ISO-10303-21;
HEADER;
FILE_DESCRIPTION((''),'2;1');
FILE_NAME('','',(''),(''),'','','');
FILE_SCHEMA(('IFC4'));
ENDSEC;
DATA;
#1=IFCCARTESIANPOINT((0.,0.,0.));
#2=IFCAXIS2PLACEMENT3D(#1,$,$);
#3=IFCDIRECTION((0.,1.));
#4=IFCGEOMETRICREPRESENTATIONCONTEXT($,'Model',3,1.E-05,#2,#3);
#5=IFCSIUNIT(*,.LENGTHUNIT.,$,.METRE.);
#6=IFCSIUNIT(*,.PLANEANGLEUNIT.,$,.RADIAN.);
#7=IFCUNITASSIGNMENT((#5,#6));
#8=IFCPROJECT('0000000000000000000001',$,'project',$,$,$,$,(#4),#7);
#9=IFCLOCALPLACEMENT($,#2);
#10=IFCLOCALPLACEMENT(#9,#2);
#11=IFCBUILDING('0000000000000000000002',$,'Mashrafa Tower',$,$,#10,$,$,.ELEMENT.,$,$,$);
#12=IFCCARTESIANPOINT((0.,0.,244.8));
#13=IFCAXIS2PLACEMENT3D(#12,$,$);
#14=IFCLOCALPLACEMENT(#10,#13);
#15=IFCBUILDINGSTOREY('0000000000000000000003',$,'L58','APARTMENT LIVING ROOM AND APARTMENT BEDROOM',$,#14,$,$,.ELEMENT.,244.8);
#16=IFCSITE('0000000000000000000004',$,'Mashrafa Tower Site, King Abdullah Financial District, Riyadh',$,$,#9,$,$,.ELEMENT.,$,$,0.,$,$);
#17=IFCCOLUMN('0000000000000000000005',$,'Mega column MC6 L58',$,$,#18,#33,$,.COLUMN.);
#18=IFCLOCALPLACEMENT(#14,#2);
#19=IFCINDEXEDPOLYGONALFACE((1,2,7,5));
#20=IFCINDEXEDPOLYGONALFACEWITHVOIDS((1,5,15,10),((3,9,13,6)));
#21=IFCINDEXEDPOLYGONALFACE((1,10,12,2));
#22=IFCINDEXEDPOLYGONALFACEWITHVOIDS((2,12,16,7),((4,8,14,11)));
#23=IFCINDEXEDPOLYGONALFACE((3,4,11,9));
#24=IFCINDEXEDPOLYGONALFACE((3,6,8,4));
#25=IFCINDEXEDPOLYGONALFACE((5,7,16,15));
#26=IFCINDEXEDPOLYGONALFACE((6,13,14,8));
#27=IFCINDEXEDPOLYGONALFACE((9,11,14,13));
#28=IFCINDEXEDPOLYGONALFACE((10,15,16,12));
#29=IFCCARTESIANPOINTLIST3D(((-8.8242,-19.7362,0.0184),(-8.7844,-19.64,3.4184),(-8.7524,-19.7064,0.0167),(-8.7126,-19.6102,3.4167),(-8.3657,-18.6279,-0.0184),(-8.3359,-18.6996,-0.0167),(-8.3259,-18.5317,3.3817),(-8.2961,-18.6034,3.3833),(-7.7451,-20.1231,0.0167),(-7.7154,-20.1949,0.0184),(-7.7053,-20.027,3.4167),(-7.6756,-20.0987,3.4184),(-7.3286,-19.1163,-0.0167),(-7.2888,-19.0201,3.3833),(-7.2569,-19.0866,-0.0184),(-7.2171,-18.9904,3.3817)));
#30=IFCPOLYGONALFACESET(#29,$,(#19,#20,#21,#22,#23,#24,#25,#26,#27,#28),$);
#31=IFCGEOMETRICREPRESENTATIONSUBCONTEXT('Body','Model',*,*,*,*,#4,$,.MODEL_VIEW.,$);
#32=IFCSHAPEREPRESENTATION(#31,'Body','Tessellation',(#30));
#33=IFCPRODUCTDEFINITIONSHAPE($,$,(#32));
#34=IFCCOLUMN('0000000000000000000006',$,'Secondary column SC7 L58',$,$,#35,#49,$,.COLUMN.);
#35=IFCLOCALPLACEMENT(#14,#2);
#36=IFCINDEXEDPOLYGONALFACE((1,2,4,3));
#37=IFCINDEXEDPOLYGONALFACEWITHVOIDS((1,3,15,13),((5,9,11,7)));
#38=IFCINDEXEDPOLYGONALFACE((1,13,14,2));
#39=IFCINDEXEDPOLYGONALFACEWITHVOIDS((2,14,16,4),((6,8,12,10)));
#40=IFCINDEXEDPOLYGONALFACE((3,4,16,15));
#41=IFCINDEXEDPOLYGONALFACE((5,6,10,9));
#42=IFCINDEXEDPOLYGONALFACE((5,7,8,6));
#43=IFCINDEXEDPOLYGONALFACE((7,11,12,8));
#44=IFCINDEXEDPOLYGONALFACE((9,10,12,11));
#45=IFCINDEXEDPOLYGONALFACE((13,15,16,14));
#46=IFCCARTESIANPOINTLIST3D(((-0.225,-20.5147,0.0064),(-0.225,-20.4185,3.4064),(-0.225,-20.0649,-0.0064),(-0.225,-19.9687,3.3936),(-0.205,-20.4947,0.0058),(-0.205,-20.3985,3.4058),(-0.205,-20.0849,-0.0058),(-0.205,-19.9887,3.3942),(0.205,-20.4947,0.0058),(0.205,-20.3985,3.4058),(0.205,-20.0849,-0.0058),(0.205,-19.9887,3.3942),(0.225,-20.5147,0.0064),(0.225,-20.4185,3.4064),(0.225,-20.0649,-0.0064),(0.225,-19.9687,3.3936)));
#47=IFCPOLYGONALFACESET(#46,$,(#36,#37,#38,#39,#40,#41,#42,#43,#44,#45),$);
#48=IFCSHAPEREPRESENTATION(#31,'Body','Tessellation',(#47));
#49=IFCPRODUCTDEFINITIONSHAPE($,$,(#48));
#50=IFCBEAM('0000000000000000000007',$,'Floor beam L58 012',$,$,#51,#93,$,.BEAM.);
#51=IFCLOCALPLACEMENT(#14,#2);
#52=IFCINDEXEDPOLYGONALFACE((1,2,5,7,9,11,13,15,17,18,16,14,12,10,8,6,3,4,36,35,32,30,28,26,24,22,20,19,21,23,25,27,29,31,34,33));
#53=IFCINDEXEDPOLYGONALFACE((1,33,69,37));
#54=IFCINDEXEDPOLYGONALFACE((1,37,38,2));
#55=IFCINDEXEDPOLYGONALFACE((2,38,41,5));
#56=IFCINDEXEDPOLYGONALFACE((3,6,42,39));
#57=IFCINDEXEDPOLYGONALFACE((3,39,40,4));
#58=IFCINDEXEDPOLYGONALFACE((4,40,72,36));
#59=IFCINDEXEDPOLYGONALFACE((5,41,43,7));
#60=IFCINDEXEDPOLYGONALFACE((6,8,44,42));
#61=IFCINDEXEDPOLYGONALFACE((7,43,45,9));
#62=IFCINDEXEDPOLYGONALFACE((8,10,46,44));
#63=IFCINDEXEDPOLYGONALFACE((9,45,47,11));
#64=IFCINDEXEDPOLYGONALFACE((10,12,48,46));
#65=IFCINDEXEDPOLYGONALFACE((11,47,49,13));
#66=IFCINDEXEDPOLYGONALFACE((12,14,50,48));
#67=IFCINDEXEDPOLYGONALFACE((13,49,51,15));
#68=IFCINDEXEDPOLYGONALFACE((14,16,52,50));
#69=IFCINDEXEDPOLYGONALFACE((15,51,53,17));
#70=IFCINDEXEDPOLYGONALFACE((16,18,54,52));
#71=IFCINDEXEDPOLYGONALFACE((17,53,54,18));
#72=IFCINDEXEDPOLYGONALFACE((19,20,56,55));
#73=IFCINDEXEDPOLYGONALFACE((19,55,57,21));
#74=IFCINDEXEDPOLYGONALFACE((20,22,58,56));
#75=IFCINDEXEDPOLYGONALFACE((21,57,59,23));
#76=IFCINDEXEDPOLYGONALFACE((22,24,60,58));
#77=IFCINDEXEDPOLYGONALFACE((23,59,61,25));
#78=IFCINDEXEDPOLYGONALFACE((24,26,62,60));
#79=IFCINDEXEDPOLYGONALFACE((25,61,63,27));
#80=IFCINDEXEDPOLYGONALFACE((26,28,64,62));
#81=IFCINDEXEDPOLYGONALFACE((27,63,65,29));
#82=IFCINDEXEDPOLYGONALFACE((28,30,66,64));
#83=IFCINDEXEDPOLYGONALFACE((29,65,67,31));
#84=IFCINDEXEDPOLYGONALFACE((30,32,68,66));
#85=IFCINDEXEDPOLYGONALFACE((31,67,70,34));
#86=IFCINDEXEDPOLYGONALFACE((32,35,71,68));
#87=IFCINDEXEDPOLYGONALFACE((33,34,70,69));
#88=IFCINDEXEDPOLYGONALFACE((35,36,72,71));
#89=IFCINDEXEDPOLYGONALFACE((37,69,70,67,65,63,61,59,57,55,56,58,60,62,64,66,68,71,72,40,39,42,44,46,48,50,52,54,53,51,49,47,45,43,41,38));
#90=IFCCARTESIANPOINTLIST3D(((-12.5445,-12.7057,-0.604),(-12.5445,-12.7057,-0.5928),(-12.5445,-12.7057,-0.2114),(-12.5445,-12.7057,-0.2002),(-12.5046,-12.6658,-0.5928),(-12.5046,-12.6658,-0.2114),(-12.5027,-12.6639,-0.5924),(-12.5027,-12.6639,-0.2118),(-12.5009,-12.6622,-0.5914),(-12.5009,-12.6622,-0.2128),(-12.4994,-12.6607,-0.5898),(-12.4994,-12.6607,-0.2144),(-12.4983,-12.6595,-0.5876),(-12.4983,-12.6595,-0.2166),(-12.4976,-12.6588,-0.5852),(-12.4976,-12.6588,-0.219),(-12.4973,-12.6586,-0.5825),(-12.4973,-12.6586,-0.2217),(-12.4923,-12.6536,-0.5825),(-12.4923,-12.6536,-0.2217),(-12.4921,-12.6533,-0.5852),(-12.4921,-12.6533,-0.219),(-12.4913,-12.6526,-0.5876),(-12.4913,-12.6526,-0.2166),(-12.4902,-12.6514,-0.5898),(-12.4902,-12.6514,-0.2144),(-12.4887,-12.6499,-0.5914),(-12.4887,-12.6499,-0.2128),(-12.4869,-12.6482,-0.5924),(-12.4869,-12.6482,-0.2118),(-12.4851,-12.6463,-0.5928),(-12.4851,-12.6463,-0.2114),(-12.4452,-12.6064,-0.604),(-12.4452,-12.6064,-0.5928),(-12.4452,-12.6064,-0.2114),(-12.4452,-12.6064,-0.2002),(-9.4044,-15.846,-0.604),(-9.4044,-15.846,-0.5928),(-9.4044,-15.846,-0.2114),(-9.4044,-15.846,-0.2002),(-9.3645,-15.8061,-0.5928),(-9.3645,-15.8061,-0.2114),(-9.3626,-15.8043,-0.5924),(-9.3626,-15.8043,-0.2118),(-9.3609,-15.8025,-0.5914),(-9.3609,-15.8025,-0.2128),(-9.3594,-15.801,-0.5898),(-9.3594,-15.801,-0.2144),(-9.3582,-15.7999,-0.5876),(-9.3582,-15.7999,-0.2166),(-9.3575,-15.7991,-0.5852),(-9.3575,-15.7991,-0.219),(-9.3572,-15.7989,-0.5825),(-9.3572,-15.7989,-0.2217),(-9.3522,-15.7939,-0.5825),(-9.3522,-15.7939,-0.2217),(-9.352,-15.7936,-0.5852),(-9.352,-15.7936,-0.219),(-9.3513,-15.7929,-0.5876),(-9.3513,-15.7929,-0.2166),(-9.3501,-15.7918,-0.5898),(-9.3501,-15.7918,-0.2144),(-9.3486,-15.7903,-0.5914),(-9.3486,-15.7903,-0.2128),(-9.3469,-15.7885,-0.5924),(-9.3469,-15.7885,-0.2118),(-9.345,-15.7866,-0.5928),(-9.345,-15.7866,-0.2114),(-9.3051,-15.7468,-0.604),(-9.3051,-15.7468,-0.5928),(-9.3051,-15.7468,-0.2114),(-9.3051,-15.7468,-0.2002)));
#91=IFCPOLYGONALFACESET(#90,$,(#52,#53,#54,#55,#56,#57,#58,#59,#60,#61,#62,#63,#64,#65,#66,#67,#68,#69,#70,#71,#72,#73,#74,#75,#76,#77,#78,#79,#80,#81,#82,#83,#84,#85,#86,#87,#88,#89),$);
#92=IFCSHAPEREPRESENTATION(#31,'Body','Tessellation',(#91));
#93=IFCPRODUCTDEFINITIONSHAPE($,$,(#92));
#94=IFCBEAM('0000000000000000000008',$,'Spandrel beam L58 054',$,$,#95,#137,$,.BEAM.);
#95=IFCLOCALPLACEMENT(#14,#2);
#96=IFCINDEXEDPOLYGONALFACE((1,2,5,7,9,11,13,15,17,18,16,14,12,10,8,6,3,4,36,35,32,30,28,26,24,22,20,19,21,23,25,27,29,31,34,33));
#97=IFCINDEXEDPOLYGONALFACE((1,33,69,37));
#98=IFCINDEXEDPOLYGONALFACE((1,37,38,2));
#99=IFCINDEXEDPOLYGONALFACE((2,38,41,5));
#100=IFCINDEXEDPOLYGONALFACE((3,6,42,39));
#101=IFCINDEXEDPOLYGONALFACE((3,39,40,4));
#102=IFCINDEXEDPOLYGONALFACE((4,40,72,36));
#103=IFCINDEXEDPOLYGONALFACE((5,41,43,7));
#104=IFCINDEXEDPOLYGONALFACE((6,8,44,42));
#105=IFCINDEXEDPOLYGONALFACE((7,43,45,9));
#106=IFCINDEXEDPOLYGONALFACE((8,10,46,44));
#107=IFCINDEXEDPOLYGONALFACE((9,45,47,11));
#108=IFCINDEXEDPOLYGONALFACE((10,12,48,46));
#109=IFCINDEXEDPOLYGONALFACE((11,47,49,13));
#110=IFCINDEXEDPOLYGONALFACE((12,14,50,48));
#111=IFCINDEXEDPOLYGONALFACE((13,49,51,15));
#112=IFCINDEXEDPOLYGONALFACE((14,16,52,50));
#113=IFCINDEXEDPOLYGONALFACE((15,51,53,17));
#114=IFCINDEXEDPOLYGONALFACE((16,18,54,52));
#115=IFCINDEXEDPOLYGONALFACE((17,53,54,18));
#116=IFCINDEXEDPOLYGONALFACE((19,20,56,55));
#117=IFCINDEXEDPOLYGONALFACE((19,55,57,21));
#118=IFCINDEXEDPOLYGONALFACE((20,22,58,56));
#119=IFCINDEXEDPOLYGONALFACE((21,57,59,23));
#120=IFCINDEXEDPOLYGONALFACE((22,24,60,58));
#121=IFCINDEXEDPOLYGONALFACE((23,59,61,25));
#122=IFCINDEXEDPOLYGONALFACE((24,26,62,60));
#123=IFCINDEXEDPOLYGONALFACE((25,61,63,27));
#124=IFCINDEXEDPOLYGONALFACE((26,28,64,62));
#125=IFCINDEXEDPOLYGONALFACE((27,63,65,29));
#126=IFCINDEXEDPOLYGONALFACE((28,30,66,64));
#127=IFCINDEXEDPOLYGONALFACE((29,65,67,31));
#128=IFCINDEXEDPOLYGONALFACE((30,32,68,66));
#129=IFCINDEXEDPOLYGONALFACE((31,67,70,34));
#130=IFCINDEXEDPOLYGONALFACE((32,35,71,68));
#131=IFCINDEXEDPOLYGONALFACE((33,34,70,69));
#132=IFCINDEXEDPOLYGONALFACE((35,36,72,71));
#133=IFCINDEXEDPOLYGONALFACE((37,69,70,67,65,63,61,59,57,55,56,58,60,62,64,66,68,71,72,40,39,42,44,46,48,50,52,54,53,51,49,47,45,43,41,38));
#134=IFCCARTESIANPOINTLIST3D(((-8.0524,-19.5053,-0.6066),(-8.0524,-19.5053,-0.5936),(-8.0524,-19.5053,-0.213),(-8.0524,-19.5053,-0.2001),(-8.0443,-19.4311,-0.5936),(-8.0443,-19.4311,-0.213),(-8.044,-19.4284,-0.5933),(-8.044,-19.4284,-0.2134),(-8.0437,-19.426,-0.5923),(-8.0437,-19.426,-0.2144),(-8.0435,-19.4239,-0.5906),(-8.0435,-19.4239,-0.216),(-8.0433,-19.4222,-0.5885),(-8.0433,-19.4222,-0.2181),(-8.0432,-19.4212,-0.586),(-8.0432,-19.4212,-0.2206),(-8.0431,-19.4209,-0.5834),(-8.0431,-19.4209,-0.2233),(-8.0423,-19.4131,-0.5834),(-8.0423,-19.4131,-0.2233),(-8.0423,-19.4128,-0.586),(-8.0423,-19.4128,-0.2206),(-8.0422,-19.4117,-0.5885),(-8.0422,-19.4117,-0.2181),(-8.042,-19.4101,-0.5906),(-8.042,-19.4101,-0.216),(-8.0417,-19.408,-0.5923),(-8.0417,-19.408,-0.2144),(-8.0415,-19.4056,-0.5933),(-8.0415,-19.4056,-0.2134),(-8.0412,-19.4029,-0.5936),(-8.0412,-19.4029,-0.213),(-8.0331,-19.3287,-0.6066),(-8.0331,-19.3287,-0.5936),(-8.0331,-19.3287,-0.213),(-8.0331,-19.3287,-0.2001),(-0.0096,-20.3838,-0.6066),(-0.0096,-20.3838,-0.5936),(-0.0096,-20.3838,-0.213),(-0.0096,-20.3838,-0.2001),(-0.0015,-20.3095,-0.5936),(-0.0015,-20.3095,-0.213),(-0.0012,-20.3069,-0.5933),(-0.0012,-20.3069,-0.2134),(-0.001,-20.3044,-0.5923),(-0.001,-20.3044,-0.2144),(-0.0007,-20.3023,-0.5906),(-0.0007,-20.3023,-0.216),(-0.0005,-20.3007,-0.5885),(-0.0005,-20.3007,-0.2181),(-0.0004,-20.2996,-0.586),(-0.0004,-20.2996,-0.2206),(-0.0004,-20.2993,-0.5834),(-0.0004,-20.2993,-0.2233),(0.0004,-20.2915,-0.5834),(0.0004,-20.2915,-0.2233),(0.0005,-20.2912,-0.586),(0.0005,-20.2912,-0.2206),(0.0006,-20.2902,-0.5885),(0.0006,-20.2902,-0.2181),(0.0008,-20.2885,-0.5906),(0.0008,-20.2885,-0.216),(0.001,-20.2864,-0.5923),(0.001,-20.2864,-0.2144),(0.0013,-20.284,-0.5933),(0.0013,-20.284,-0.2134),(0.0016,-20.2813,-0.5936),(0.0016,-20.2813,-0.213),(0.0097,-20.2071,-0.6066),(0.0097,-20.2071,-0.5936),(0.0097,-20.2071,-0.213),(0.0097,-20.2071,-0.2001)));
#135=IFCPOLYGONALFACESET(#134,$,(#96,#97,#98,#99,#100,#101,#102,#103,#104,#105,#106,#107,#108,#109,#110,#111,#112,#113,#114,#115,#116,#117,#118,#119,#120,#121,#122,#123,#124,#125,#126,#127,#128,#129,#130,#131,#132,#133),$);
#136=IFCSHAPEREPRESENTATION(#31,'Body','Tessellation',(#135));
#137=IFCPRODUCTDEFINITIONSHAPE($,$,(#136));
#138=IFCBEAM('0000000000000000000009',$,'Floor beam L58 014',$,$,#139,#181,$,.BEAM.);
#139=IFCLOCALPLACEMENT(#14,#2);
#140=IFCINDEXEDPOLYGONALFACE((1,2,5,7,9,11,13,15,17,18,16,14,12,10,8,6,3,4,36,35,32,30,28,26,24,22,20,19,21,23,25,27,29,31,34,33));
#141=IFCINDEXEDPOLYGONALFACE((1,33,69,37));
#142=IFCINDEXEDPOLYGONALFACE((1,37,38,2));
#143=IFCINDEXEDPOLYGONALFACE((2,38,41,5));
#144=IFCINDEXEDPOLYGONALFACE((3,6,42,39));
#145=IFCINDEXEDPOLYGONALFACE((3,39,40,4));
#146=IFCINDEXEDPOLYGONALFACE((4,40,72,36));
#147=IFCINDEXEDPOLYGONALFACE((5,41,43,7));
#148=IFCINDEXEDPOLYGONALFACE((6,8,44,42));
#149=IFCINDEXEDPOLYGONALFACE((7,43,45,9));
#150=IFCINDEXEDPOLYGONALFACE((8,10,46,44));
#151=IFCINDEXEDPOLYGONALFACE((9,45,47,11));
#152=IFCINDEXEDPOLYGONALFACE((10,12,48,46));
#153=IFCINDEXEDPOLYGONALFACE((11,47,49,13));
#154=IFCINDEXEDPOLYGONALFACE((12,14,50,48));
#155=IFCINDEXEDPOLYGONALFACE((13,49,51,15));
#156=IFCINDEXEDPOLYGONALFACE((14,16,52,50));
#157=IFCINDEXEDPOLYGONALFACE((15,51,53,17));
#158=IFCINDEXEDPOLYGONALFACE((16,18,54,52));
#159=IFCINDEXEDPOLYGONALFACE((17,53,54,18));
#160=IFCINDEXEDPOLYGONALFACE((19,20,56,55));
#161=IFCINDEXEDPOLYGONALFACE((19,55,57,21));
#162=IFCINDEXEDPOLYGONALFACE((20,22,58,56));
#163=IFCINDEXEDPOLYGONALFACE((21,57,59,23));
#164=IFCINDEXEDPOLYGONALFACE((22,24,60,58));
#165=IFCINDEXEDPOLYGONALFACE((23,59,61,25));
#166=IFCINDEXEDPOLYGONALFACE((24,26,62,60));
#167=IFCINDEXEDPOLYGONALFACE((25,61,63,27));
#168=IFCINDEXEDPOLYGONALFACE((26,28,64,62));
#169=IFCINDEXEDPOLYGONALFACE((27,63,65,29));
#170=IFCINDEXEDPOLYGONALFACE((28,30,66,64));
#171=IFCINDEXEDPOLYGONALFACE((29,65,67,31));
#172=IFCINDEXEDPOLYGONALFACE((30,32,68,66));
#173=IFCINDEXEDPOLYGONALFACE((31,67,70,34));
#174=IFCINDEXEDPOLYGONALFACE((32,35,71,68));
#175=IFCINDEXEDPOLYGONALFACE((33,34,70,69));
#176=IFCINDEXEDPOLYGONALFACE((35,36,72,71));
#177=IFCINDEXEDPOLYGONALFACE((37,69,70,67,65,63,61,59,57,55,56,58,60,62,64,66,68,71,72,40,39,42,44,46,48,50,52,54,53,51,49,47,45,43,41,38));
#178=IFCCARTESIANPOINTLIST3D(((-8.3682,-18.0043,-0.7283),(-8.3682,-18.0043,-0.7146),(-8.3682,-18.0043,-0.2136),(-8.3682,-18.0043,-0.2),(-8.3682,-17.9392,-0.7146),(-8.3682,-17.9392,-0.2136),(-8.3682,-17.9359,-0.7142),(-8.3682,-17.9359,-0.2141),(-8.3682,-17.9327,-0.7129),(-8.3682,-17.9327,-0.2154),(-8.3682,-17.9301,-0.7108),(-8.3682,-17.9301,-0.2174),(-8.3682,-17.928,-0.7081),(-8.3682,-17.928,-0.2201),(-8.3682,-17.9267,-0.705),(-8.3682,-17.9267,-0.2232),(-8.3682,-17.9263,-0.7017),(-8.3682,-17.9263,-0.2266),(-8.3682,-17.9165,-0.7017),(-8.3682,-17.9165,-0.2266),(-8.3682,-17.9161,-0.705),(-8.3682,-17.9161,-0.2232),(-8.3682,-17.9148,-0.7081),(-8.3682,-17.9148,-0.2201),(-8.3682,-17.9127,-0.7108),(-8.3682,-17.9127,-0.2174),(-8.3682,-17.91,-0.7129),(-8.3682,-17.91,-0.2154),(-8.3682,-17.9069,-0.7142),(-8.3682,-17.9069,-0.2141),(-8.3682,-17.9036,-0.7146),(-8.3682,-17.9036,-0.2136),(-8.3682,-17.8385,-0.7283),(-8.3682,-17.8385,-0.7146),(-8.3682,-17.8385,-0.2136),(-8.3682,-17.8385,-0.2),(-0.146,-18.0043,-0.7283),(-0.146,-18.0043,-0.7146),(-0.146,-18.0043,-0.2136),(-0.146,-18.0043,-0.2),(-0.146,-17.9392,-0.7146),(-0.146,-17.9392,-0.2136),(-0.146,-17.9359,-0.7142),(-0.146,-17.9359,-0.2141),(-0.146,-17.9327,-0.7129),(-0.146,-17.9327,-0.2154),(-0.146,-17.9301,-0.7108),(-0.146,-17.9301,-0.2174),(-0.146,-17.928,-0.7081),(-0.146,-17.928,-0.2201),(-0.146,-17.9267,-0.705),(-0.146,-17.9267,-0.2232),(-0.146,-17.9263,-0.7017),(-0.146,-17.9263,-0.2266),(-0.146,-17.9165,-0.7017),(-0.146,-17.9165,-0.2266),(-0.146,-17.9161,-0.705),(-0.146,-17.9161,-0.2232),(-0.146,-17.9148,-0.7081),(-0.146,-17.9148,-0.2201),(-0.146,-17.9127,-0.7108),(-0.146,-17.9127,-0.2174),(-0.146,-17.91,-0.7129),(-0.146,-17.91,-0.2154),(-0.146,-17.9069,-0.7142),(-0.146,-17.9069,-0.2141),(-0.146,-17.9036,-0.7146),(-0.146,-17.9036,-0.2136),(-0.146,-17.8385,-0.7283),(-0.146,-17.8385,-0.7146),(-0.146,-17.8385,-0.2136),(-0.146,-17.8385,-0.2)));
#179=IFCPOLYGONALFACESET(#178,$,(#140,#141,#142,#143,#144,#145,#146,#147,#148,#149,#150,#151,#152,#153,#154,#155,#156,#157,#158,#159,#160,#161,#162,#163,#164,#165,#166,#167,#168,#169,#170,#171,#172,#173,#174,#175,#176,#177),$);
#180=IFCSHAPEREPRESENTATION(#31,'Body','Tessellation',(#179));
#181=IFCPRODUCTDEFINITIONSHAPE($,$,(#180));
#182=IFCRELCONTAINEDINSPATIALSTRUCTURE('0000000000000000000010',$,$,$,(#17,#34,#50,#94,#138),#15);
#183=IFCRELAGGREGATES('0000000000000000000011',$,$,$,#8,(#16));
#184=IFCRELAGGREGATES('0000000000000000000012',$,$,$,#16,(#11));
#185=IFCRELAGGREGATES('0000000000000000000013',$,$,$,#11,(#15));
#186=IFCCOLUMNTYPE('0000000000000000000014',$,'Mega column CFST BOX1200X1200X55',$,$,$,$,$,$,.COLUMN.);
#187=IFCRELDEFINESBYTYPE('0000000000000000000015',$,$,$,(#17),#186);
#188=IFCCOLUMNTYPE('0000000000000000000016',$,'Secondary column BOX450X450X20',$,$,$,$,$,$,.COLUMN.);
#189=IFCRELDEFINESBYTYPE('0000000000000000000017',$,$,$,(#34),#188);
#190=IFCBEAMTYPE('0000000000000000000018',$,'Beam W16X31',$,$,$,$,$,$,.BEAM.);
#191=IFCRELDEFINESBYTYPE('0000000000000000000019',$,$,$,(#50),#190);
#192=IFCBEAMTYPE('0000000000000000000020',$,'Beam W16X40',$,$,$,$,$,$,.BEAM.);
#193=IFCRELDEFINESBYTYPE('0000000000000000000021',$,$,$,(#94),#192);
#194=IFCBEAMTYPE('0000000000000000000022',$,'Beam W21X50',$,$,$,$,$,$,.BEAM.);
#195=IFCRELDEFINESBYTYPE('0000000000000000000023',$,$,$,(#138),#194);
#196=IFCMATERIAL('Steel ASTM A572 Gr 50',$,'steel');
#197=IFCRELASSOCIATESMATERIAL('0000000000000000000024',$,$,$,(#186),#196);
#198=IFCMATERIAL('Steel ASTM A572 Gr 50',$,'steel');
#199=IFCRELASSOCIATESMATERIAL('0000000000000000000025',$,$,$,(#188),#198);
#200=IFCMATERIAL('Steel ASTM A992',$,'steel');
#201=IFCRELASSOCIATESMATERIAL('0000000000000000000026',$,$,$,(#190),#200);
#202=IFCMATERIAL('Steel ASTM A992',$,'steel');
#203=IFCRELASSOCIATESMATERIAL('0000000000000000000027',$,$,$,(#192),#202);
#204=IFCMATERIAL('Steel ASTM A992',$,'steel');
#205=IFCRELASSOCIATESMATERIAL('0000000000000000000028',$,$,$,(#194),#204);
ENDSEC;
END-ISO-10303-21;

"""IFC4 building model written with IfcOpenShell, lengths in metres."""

from ifc_helpers import new_model, si_unit, direction, frame, origin, origin_2d, place, context, subcontext, project, spatial, hollow_rectangle, i_section, extrude, material, material_profile, profile_set, type_object, element, save


model = new_model("IFC4")

# Units and contexts
model_context = context("Model", 3, precision=1e-05, world=origin(), true_north=direction((0.0, 1.0)))
body_context = subcontext(model_context, "Body", "Model", "MODEL_VIEW")
ifc_project = project(units=[si_unit("LENGTHUNIT", "METRE"), si_unit("PLANEANGLEUNIT", "RADIAN")], contexts=[model_context])

# Site, building, storey
site_placement = place(None, origin())
site = spatial("IfcSite", under=ifc_project, at=site_placement, Name="Mashrafa Tower Site, King Abdullah Financial District, Riyadh", CompositionType="ELEMENT", RefElevation=0.0)
building_placement = place(site_placement, origin())
building = spatial("IfcBuilding", under=site, at=building_placement, Name="Mashrafa Tower", CompositionType="ELEMENT")
storey_placement = place(building_placement, frame((0.0, 0.0, 244.8)))
storey = spatial("IfcBuildingStorey", under=building, at=storey_placement, Name="L58", Description="APARTMENT LIVING ROOM AND APARTMENT BEDROOM", CompositionType="ELEMENT", Elevation=244.8)

# Columns
ifc_material_1 = material(Name="Steel ASTM A572 Gr 50", Category="steel")
ifc_material_profile_1 = material_profile(ifc_material_1, hollow_rectangle(XDim=1.2, YDim=1.2, WallThickness=0.0549, at=origin_2d()), Name="BOX1200X1200X55")
ifc_profile_set_1 = profile_set([ifc_material_profile_1], Name="Steel ASTM A572 Gr 50")
column_type_1 = type_object("IfcColumnType", Name="Mega column CFST BOX1200X1200X55", PredefinedType="COLUMN", material=ifc_profile_set_1)
column_1_placement = place(storey_placement, frame((-8.0405, -19.4114, 0.0), z_axis=(0.011699, 0.028279, 0.999532), x_axis=(-0.924045, 0.382283, 0.0)))
element("IfcColumn", 1, at=column_1_placement, inside=storey, type_object=column_type_1, Name="Mega column MC6 L58", PredefinedType="COLUMN", context=body_context, shape_type="SweptSolid", body=[
    extrude(hollow_rectangle(XDim=1.2, YDim=1.2, WallThickness=0.0549, at=origin_2d()), origin(), (0.0, 0.0, 1.0), 3.4016),
])
ifc_material_2 = material(Name="Steel ASTM A572 Gr 50", Category="steel")
ifc_material_profile_2 = material_profile(ifc_material_2, hollow_rectangle(XDim=0.45, YDim=0.45, WallThickness=0.02, at=origin_2d()), Name="BOX450X450X20")
ifc_profile_set_2 = profile_set([ifc_material_profile_2], Name="Steel ASTM A572 Gr 50")
column_type_2 = type_object("IfcColumnType", Name="Secondary column BOX450X450X20", PredefinedType="COLUMN", material=ifc_profile_set_2)
column_2_placement = place(storey_placement, frame((0.0, -20.2898, 0.0), z_axis=(0.0, 0.028281, 0.9996), x_axis=(-1.0, 0.0, 0.0)))
element("IfcColumn", 2, at=column_2_placement, inside=storey, type_object=column_type_2, Name="Secondary column SC7 L58", PredefinedType="COLUMN", context=body_context, shape_type="SweptSolid", body=[
    extrude(hollow_rectangle(XDim=0.45, YDim=0.45, WallThickness=0.02, at=origin_2d()), origin(), (0.0, 0.0, 1.0), 3.4014),
])

# Beams
ifc_material_3 = material(Name="Steel ASTM A992", Category="steel")
ifc_material_profile_3 = material_profile(ifc_material_3, i_section(OverallWidth=0.1404, OverallDepth=0.4038, WebThickness=0.0071, FlangeThickness=0.0112, FilletRadius=0.0103, at=origin_2d()), Name="W16X31")
ifc_profile_set_3 = profile_set([ifc_material_profile_3], Name="Steel ASTM A992")
beam_type_1 = type_object("IfcBeamType", Name="Beam W16X31", PredefinedType="BEAM", material=ifc_profile_set_3)
beam_1_placement = place(storey_placement, frame((-9.3547, -15.7964, -0.4021), z_axis=(-0.707079, 0.707134, 0.0), x_axis=(-0.707134, -0.707079, 0.0)))
element("IfcBeam", 3, at=beam_1_placement, inside=storey, type_object=beam_type_1, Name="Floor beam L58 012", PredefinedType="BEAM", context=body_context, shape_type="SweptSolid", body=[
    extrude(i_section(OverallWidth=0.1404, OverallDepth=0.4038, WebThickness=0.0071, FlangeThickness=0.0112, FilletRadius=0.0103, at=origin_2d()), origin(), (0.0, 0.0, 1.0), 4.4409),
])
ifc_material_4 = material(Name="Steel ASTM A992", Category="steel")
ifc_material_profile_4 = material_profile(ifc_material_4, i_section(OverallWidth=0.1777, OverallDepth=0.4065, WebThickness=0.0078, FlangeThickness=0.0129, FilletRadius=0.0103, at=origin_2d()), Name="W16X40")
ifc_profile_set_4 = profile_set([ifc_material_profile_4], Name="Steel ASTM A992")
beam_type_2 = type_object("IfcBeamType", Name="Beam W16X40", PredefinedType="BEAM", material=ifc_profile_set_4)
beam_2_placement = place(storey_placement, frame((-8.0427, -19.417, -0.4033), z_axis=(0.994088, -0.108573, 0.0), x_axis=(0.108573, 0.994088, 0.0)))
element("IfcBeam", 4, at=beam_2_placement, inside=storey, type_object=beam_type_2, Name="Spandrel beam L58 054", PredefinedType="BEAM", context=body_context, shape_type="SweptSolid", body=[
    extrude(i_section(OverallWidth=0.1777, OverallDepth=0.4065, WebThickness=0.0078, FlangeThickness=0.0129, FilletRadius=0.0103, at=origin_2d()), origin(), (0.0, 0.0, 1.0), 8.0906),
])
ifc_material_5 = material(Name="Steel ASTM A992", Category="steel")
ifc_material_profile_5 = material_profile(ifc_material_5, i_section(OverallWidth=0.1658, OverallDepth=0.5283, WebThickness=0.0098, FlangeThickness=0.0137, FilletRadius=0.0129, at=origin_2d()), Name="W21X50")
ifc_profile_set_5 = profile_set([ifc_material_profile_5], Name="Steel ASTM A992")
beam_type_3 = type_object("IfcBeamType", Name="Beam W21X50", PredefinedType="BEAM", material=ifc_profile_set_5)
beam_3_placement = place(storey_placement, frame((-0.146, -17.9214, -0.4641), z_axis=(-1.0, 0.0, 0.0), x_axis=(0.0, -1.0, 0.0)))
element("IfcBeam", 5, at=beam_3_placement, inside=storey, type_object=beam_type_3, Name="Floor beam L58 014", PredefinedType="BEAM", context=body_context, shape_type="SweptSolid", body=[
    extrude(i_section(OverallWidth=0.1658, OverallDepth=0.5283, WebThickness=0.0098, FlangeThickness=0.0137, FilletRadius=0.0129, at=origin_2d()), origin(), (0.0, 0.0, 1.0), 8.2222),
])

save(model, "model.ifc")
